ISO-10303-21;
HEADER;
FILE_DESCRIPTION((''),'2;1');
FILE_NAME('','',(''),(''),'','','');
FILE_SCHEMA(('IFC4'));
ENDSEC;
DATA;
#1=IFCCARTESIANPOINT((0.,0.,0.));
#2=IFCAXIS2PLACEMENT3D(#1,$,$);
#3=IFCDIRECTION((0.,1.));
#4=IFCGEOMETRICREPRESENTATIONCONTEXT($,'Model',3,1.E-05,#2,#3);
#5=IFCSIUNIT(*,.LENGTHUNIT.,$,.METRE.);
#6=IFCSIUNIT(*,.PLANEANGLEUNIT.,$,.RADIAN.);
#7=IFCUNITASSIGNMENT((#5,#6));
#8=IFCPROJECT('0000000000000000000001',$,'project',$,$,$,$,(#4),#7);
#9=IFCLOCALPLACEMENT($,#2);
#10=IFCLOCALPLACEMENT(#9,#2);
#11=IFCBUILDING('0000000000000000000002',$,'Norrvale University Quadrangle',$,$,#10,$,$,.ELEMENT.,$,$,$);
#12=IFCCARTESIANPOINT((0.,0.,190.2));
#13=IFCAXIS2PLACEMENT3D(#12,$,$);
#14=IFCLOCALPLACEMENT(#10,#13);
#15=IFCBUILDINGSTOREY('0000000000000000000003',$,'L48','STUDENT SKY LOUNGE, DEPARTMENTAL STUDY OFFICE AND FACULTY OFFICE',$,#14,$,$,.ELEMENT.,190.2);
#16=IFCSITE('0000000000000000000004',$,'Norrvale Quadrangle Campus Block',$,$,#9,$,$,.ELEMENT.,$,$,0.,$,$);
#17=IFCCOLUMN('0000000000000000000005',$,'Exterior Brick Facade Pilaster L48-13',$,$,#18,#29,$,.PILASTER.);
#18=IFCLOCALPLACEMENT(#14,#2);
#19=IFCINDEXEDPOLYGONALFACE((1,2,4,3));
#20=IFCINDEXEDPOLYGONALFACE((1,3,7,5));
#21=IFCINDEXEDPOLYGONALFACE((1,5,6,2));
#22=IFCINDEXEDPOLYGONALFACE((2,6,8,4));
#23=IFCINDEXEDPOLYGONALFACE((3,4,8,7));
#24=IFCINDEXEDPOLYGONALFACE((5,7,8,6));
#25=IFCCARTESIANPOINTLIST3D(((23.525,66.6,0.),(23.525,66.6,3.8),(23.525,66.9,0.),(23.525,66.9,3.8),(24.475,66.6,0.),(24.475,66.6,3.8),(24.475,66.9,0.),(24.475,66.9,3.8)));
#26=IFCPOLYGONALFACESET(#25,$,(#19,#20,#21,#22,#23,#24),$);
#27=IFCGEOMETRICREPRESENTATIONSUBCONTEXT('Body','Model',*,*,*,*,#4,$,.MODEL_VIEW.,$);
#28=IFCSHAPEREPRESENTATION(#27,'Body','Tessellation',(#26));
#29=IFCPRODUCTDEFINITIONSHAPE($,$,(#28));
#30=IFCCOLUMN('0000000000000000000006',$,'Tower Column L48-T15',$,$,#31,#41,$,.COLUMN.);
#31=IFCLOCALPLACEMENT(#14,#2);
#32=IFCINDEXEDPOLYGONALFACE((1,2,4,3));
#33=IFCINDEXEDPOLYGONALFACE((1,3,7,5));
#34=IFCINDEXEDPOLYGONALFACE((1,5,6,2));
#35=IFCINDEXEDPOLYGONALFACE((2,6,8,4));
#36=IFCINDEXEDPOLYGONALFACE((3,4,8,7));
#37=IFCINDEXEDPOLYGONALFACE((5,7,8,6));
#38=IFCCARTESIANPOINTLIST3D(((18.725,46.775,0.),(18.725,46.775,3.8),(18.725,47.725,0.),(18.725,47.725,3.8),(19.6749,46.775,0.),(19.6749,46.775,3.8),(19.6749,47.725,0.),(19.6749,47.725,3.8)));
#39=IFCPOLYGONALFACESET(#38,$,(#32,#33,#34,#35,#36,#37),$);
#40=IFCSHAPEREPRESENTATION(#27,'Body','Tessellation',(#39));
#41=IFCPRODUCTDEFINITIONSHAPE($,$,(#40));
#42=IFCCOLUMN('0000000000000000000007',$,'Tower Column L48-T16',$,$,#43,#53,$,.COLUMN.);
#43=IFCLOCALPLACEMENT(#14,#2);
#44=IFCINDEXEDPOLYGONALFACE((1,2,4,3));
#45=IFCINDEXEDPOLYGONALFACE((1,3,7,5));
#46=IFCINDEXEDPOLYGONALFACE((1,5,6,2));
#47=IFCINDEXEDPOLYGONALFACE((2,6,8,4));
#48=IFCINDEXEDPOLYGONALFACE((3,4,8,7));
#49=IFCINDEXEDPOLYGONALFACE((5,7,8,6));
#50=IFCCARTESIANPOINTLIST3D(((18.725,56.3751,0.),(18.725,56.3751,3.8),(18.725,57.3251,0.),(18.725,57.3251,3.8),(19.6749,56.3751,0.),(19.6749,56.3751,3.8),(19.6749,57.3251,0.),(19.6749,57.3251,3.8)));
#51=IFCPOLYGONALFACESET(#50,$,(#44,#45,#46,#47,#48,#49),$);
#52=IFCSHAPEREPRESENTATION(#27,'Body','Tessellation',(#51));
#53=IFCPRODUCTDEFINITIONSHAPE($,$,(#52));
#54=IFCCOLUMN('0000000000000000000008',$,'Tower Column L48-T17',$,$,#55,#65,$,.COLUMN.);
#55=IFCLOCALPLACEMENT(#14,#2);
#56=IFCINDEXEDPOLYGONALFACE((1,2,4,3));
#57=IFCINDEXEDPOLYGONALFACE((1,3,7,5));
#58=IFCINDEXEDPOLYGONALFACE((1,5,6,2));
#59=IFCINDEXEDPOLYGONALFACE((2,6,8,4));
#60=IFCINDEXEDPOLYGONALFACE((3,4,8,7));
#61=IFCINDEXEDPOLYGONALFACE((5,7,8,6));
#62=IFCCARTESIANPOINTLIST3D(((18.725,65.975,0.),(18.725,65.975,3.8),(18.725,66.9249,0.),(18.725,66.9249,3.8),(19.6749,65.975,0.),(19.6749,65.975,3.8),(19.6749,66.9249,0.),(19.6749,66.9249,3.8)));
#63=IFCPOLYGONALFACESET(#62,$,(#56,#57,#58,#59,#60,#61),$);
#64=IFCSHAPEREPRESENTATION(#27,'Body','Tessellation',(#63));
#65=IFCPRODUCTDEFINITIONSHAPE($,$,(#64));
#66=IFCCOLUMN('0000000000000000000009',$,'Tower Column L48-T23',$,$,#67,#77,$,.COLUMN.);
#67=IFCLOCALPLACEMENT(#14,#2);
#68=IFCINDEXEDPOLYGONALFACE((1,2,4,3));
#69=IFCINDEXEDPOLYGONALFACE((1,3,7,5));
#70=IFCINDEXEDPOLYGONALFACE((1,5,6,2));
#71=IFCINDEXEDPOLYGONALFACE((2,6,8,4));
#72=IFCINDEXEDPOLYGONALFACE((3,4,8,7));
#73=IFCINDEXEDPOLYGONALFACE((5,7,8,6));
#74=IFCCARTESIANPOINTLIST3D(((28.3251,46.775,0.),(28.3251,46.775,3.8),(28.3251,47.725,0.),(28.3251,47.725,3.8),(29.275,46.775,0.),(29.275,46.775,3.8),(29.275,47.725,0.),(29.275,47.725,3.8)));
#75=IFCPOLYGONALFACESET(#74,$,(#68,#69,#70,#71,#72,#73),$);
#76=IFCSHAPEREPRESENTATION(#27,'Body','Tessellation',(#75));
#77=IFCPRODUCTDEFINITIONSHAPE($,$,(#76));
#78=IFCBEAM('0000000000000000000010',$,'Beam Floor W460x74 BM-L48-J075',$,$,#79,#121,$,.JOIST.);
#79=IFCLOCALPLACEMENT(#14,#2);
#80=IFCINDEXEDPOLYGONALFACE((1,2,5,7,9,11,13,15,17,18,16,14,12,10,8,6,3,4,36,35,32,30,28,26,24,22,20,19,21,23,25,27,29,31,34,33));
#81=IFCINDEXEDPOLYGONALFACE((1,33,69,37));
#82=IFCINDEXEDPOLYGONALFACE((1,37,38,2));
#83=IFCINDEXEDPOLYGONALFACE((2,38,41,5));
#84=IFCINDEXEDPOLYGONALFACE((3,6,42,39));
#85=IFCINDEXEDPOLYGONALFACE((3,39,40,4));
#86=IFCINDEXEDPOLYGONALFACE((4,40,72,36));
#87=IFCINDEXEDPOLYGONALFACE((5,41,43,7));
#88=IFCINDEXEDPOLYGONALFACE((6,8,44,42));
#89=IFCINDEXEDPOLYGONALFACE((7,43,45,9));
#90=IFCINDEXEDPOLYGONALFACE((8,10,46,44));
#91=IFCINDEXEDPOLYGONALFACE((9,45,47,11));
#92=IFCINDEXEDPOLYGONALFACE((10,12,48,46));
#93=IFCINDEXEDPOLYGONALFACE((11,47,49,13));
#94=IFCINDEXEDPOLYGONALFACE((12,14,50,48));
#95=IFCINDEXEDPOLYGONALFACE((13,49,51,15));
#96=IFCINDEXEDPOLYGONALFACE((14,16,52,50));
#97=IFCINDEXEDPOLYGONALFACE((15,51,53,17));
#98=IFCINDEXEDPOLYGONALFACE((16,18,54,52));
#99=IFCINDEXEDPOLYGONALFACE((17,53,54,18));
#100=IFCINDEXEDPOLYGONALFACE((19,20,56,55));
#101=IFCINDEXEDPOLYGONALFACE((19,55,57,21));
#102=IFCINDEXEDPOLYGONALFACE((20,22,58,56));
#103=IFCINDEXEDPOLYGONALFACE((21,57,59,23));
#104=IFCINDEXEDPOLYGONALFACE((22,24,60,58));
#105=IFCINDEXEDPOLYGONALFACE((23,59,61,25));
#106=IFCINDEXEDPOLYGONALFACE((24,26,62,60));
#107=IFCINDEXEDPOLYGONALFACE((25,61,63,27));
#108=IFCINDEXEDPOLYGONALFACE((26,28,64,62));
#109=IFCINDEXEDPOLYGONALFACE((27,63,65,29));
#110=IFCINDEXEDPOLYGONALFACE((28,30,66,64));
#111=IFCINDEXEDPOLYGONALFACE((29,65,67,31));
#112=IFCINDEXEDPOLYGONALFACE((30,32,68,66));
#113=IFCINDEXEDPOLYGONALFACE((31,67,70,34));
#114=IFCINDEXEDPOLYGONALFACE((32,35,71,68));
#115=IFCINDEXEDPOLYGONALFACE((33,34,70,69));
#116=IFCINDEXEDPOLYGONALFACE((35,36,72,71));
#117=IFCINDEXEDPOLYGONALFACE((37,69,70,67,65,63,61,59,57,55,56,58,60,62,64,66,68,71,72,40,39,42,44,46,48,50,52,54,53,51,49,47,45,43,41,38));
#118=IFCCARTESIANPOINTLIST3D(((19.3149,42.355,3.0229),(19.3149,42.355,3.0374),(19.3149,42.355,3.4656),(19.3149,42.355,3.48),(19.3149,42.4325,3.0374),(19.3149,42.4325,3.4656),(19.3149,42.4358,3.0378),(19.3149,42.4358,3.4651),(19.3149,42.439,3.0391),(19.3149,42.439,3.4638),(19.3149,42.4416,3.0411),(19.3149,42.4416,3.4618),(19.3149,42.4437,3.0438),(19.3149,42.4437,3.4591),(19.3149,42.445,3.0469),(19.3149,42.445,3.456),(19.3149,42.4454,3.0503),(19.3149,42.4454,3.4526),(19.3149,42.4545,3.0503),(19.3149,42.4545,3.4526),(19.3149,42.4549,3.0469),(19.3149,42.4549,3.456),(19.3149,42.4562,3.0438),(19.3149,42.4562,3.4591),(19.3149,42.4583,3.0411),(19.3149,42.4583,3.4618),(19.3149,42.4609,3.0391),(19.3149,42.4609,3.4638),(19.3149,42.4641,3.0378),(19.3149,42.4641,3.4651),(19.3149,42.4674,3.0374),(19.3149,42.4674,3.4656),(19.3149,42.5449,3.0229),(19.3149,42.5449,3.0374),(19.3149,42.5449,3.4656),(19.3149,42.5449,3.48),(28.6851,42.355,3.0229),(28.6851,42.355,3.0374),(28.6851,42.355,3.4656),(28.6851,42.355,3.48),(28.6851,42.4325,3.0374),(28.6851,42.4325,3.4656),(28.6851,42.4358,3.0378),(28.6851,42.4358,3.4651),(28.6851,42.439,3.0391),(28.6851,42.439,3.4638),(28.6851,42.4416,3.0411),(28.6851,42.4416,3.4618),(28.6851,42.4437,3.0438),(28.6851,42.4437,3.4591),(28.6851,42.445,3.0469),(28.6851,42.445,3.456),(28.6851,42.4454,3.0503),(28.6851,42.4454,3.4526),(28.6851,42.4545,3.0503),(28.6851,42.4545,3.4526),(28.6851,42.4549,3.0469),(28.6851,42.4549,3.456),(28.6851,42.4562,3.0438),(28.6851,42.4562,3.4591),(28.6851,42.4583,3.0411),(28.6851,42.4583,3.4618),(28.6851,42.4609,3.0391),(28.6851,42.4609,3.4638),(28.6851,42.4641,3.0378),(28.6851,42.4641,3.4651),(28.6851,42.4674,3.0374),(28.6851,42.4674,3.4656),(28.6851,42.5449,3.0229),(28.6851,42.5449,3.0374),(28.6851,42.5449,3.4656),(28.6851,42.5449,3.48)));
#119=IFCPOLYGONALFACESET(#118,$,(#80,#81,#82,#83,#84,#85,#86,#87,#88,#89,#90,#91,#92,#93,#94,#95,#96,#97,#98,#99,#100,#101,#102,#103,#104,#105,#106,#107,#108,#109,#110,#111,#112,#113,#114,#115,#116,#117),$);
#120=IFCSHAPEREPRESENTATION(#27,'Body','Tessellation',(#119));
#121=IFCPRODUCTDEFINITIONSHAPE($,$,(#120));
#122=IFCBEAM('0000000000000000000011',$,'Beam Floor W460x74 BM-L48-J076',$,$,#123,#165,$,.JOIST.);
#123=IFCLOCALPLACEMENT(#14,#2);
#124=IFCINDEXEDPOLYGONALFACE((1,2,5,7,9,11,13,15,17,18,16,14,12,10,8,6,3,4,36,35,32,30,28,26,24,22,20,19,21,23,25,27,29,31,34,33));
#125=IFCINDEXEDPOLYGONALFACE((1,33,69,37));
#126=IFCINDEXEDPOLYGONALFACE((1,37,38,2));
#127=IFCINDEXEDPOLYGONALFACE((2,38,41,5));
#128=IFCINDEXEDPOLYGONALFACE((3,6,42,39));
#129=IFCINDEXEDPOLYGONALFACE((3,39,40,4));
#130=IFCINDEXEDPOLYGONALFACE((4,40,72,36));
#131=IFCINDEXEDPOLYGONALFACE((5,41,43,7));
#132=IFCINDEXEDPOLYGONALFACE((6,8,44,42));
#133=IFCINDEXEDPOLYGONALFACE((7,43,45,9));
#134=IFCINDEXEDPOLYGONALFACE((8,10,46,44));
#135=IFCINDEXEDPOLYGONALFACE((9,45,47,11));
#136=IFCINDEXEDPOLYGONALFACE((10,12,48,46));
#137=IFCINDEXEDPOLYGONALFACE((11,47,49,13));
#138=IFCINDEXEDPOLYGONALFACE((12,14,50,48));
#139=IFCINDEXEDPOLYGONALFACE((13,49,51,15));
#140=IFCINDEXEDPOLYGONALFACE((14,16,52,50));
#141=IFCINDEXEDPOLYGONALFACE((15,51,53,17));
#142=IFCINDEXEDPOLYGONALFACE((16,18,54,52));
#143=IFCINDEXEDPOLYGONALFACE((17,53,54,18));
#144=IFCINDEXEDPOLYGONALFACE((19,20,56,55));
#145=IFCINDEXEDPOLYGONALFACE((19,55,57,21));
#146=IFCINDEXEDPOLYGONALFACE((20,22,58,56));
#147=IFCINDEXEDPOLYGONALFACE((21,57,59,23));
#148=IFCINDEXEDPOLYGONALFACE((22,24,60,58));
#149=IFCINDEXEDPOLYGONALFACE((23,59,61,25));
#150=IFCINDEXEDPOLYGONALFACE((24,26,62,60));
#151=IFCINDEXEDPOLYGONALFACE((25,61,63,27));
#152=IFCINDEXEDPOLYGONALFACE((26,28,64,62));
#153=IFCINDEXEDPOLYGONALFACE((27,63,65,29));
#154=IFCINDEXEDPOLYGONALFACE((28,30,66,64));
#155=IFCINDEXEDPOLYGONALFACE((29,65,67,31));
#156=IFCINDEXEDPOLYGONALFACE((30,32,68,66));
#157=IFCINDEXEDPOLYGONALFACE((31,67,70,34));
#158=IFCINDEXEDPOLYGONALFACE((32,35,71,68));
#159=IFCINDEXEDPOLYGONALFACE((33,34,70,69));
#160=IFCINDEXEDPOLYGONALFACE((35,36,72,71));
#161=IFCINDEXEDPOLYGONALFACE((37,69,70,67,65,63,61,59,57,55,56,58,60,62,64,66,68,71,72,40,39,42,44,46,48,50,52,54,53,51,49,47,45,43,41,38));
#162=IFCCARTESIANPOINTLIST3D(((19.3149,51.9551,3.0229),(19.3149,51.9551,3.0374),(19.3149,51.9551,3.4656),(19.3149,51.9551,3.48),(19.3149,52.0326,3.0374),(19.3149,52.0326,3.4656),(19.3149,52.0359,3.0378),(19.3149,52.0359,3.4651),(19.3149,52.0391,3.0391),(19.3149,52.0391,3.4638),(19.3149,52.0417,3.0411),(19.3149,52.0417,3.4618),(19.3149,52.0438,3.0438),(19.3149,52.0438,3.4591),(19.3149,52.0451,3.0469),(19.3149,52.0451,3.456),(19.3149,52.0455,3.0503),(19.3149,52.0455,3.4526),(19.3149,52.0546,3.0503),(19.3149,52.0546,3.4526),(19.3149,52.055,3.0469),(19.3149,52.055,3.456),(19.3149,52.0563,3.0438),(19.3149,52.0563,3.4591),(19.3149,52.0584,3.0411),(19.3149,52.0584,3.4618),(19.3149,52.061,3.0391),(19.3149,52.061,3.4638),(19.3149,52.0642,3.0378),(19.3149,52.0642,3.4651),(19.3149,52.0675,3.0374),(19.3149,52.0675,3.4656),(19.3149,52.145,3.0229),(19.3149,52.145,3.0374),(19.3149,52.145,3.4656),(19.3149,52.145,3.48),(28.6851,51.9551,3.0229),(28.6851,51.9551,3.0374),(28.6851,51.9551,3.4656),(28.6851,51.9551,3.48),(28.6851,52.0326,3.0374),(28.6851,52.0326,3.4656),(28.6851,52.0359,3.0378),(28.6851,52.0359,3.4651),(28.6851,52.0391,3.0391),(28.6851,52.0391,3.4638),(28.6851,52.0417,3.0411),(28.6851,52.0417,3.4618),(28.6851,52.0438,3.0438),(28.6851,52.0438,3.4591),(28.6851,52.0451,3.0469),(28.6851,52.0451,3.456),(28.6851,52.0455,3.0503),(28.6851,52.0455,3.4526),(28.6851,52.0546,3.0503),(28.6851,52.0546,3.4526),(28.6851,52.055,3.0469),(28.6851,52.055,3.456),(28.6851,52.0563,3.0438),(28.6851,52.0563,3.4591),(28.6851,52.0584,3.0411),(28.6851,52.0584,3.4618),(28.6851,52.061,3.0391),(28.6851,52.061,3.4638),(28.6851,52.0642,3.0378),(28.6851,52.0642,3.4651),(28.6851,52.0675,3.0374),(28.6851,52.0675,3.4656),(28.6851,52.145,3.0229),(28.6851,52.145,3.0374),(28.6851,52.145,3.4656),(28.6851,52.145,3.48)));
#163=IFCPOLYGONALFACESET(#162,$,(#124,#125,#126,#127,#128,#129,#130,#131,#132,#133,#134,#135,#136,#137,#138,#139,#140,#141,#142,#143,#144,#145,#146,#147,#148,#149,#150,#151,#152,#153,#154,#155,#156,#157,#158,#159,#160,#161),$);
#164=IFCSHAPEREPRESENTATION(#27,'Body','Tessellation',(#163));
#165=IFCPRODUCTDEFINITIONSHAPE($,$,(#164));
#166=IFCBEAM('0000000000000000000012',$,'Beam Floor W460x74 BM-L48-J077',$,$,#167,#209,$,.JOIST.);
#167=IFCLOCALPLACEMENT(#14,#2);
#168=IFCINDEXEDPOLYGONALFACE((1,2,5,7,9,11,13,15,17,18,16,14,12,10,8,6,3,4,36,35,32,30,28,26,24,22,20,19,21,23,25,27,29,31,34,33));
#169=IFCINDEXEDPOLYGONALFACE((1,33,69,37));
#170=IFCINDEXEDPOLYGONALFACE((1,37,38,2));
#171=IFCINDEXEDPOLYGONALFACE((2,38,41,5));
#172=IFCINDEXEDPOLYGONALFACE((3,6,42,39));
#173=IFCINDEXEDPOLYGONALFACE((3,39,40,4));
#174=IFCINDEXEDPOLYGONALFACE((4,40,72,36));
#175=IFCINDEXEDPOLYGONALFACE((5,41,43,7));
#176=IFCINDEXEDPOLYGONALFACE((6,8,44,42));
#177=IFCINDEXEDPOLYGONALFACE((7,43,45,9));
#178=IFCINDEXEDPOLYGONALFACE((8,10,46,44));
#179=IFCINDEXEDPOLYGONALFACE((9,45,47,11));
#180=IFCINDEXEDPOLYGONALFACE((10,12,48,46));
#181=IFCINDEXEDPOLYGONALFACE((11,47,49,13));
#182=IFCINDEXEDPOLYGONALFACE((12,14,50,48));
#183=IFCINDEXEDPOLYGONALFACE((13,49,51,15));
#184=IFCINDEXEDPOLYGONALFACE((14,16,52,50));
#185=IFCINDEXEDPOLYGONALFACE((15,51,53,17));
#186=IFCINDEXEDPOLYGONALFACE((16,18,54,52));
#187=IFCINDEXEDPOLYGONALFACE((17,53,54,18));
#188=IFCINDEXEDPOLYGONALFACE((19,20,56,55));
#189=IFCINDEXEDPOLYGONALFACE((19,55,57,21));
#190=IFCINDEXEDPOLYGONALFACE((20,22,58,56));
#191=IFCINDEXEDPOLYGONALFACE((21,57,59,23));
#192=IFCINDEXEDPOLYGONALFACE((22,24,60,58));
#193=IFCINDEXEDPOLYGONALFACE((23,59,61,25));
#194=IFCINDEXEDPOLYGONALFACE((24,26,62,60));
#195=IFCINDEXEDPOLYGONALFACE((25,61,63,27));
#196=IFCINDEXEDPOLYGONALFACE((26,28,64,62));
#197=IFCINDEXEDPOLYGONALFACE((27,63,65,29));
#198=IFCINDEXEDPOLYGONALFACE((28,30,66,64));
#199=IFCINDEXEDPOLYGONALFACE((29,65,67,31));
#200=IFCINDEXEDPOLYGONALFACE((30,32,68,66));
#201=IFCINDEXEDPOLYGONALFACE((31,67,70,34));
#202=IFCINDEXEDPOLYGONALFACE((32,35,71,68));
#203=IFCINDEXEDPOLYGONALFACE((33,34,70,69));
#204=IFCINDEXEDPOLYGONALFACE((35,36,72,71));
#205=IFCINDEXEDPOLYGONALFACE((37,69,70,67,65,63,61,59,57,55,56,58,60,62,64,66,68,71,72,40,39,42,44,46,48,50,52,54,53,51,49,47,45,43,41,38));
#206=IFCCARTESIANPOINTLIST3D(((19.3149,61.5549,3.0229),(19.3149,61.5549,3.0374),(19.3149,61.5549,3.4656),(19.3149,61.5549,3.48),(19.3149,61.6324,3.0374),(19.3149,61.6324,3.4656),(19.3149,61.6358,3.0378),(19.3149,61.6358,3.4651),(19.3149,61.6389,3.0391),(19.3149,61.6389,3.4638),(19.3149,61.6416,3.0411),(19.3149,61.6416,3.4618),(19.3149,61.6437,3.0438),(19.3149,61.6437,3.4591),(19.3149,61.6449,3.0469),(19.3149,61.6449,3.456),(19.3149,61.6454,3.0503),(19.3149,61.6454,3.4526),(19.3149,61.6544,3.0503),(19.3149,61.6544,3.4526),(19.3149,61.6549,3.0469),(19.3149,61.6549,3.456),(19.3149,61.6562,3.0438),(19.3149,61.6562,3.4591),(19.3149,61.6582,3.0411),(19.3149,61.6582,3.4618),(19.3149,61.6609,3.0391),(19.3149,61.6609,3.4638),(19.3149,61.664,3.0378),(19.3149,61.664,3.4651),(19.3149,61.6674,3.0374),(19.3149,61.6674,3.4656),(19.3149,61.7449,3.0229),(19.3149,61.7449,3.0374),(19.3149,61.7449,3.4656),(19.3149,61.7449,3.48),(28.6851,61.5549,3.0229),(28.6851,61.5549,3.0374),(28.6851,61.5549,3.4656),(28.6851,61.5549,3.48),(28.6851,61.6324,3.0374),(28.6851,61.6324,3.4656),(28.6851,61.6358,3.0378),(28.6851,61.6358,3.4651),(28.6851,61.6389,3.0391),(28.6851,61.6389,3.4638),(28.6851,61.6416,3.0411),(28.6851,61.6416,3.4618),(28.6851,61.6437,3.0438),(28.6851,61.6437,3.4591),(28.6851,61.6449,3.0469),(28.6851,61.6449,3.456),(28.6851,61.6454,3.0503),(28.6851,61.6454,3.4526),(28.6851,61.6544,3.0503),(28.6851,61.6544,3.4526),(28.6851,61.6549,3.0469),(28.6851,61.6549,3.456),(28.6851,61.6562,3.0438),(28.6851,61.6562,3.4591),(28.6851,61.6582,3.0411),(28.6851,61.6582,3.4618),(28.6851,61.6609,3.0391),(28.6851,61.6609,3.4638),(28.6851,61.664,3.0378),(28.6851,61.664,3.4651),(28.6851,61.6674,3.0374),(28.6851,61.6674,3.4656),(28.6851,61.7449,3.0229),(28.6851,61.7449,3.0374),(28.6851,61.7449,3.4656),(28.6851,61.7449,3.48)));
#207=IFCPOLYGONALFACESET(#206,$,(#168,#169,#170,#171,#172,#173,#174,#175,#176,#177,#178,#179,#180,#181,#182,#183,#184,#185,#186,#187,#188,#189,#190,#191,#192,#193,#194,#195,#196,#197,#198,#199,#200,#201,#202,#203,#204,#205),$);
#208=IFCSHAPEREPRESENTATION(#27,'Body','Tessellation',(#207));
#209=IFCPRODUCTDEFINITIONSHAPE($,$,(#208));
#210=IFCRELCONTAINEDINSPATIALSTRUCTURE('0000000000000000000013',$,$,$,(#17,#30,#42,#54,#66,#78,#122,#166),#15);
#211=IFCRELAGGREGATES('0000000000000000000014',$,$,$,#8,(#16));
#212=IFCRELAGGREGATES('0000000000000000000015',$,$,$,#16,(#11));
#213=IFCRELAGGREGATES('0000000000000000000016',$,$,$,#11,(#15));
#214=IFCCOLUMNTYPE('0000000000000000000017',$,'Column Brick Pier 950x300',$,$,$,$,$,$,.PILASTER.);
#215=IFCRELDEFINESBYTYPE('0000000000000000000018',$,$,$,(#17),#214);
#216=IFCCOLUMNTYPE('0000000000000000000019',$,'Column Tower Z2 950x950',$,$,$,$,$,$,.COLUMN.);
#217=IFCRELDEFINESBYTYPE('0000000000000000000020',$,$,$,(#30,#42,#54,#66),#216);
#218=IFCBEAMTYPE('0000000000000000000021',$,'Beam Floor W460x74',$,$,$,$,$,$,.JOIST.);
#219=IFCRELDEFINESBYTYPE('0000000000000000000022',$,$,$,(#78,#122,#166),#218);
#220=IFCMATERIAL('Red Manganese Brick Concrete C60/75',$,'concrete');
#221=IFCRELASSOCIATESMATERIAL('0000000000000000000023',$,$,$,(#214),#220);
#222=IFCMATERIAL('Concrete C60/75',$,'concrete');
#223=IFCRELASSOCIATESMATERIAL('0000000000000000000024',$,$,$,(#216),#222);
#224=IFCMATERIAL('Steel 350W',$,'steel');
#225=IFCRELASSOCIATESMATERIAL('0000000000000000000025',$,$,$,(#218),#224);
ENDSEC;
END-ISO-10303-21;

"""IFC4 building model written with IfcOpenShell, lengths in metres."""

from ifc_helpers import new_model, si_unit, direction, frame, origin, origin_2d, place, context, subcontext, project, spatial, rectangle, i_section, extrude, material, material_profile, profile_set, type_object, element, save


model = new_model("IFC4")

# Units and contexts
model_context = context("Model", 3, precision=1e-05, world=origin(), true_north=direction((0.0, 1.0)))
body_context = subcontext(model_context, "Body", "Model", "MODEL_VIEW")
ifc_project = project(units=[si_unit("LENGTHUNIT", "METRE"), si_unit("PLANEANGLEUNIT", "RADIAN")], contexts=[model_context])

# Site, building, storey
site_placement = place(None, origin())
site = spatial("IfcSite", under=ifc_project, at=site_placement, Name="Norrvale Quadrangle Campus Block", CompositionType="ELEMENT", RefElevation=0.0)
building_placement = place(site_placement, origin())
building = spatial("IfcBuilding", under=site, at=building_placement, Name="Norrvale University Quadrangle", CompositionType="ELEMENT")
storey_placement = place(building_placement, frame((0.0, 0.0, 190.2)))
storey = spatial("IfcBuildingStorey", under=building, at=storey_placement, Name="L48", Description="STUDENT SKY LOUNGE, DEPARTMENTAL STUDY OFFICE AND FACULTY OFFICE", CompositionType="ELEMENT", Elevation=190.2)

# Columns
ifc_material_1 = material(Name="Red Manganese Brick Concrete C60/75", Category="concrete")
ifc_material_profile_1 = material_profile(ifc_material_1, rectangle(XDim=0.95, YDim=0.3, at=origin_2d()), Name="Red Manganese Brick Concrete C60/75")
ifc_profile_set_1 = profile_set([ifc_material_profile_1], Name="Red Manganese Brick Concrete C60/75")
column_type_1 = type_object("IfcColumnType", Name="Column Brick Pier 950x300", PredefinedType="PILASTER", material=ifc_profile_set_1)
column_placement = place(storey_placement, frame((24.0, 66.75, 0.0), z_axis=(0.0, 0.0, 1.0), x_axis=(1.0, 0.0, 0.0)))
element("IfcColumn", 1, at=column_placement, inside=storey, type_object=column_type_1, Name="Exterior Brick Facade Pilaster L48-13", PredefinedType="PILASTER", context=body_context, shape_type="SweptSolid", body=[
    extrude(rectangle(XDim=0.95, YDim=0.3, at=origin_2d()), origin(), (0.0, 0.0, 1.0), 3.8),
])
ifc_material_2 = material(Name="Concrete C60/75", Category="concrete")
ifc_material_profile_2 = material_profile(ifc_material_2, rectangle(XDim=0.95, YDim=0.95, at=origin_2d()), Name="Concrete C60/75")
ifc_profile_set_2 = profile_set([ifc_material_profile_2], Name="Concrete C60/75")
column_type_2 = type_object("IfcColumnType", Name="Column Tower Z2 950x950", PredefinedType="COLUMN", material=ifc_profile_set_2)
for number, where, z_axis, x_axis, name in (
    (2, (19.2, 47.25, 0.0), (0.0, 0.0, 1.0), (1.0, 0.0, 0.0), "Tower Column L48-T15"),
    (3, (19.2, 56.8501, 0.0), (0.0, 0.0, 1.0), (1.0, 0.0, 0.0), "Tower Column L48-T16"),
    (4, (19.2, 66.45, 0.0), (0.0, 0.0, 1.0), (1.0, 0.0, 0.0), "Tower Column L48-T17"),
    (5, (28.8, 47.25, 0.0), (0.0, 0.0, 1.0), (1.0, 0.0, 0.0), "Tower Column L48-T23"),
):
    element("IfcColumn", number, at=place(storey_placement, frame(where, z_axis=z_axis, x_axis=x_axis)), inside=storey, type_object=column_type_2, Name=name, PredefinedType="COLUMN", context=body_context, shape_type="SweptSolid", body=[
        extrude(rectangle(XDim=0.95, YDim=0.95, at=origin_2d()), origin(), (0.0, 0.0, 1.0), 3.8),
    ])

# Beams
ifc_material_3 = material(Name="Steel 350W", Category="steel")
ifc_material_profile_3 = material_profile(ifc_material_3, i_section(OverallWidth=0.1899, OverallDepth=0.457, WebThickness=0.009, FlangeThickness=0.0144, FilletRadius=0.0129, at=origin_2d()), Name="Steel 350W")
ifc_profile_set_3 = profile_set([ifc_material_profile_3], Name="Steel 350W")
beam_type_1 = type_object("IfcBeamType", Name="Beam Floor W460x74", PredefinedType="JOIST", material=ifc_profile_set_3)
for number, where, z_axis, x_axis, name in (
    (6, (19.3149, 42.45, 3.2515), (1.0, 0.0, 0.0), (0.0, 1.0, 0.0), "Beam Floor W460x74 BM-L48-J075"),
    (7, (19.3149, 52.05, 3.2515), (1.0, 0.0, 0.0), (0.0, 1.0, 0.0), "Beam Floor W460x74 BM-L48-J076"),
    (8, (19.3149, 61.6499, 3.2515), (1.0, 0.0, 0.0), (0.0, 1.0, 0.0), "Beam Floor W460x74 BM-L48-J077"),
):
    element("IfcBeam", number, at=place(storey_placement, frame(where, z_axis=z_axis, x_axis=x_axis)), inside=storey, type_object=beam_type_1, Name=name, PredefinedType="JOIST", context=body_context, shape_type="SweptSolid", body=[
        extrude(i_section(OverallWidth=0.1899, OverallDepth=0.457, WebThickness=0.009, FlangeThickness=0.0144, FilletRadius=0.0129, at=origin_2d()), origin(), (0.0, 0.0, 1.0), 9.3701),
    ])

save(model, "model.ifc")
